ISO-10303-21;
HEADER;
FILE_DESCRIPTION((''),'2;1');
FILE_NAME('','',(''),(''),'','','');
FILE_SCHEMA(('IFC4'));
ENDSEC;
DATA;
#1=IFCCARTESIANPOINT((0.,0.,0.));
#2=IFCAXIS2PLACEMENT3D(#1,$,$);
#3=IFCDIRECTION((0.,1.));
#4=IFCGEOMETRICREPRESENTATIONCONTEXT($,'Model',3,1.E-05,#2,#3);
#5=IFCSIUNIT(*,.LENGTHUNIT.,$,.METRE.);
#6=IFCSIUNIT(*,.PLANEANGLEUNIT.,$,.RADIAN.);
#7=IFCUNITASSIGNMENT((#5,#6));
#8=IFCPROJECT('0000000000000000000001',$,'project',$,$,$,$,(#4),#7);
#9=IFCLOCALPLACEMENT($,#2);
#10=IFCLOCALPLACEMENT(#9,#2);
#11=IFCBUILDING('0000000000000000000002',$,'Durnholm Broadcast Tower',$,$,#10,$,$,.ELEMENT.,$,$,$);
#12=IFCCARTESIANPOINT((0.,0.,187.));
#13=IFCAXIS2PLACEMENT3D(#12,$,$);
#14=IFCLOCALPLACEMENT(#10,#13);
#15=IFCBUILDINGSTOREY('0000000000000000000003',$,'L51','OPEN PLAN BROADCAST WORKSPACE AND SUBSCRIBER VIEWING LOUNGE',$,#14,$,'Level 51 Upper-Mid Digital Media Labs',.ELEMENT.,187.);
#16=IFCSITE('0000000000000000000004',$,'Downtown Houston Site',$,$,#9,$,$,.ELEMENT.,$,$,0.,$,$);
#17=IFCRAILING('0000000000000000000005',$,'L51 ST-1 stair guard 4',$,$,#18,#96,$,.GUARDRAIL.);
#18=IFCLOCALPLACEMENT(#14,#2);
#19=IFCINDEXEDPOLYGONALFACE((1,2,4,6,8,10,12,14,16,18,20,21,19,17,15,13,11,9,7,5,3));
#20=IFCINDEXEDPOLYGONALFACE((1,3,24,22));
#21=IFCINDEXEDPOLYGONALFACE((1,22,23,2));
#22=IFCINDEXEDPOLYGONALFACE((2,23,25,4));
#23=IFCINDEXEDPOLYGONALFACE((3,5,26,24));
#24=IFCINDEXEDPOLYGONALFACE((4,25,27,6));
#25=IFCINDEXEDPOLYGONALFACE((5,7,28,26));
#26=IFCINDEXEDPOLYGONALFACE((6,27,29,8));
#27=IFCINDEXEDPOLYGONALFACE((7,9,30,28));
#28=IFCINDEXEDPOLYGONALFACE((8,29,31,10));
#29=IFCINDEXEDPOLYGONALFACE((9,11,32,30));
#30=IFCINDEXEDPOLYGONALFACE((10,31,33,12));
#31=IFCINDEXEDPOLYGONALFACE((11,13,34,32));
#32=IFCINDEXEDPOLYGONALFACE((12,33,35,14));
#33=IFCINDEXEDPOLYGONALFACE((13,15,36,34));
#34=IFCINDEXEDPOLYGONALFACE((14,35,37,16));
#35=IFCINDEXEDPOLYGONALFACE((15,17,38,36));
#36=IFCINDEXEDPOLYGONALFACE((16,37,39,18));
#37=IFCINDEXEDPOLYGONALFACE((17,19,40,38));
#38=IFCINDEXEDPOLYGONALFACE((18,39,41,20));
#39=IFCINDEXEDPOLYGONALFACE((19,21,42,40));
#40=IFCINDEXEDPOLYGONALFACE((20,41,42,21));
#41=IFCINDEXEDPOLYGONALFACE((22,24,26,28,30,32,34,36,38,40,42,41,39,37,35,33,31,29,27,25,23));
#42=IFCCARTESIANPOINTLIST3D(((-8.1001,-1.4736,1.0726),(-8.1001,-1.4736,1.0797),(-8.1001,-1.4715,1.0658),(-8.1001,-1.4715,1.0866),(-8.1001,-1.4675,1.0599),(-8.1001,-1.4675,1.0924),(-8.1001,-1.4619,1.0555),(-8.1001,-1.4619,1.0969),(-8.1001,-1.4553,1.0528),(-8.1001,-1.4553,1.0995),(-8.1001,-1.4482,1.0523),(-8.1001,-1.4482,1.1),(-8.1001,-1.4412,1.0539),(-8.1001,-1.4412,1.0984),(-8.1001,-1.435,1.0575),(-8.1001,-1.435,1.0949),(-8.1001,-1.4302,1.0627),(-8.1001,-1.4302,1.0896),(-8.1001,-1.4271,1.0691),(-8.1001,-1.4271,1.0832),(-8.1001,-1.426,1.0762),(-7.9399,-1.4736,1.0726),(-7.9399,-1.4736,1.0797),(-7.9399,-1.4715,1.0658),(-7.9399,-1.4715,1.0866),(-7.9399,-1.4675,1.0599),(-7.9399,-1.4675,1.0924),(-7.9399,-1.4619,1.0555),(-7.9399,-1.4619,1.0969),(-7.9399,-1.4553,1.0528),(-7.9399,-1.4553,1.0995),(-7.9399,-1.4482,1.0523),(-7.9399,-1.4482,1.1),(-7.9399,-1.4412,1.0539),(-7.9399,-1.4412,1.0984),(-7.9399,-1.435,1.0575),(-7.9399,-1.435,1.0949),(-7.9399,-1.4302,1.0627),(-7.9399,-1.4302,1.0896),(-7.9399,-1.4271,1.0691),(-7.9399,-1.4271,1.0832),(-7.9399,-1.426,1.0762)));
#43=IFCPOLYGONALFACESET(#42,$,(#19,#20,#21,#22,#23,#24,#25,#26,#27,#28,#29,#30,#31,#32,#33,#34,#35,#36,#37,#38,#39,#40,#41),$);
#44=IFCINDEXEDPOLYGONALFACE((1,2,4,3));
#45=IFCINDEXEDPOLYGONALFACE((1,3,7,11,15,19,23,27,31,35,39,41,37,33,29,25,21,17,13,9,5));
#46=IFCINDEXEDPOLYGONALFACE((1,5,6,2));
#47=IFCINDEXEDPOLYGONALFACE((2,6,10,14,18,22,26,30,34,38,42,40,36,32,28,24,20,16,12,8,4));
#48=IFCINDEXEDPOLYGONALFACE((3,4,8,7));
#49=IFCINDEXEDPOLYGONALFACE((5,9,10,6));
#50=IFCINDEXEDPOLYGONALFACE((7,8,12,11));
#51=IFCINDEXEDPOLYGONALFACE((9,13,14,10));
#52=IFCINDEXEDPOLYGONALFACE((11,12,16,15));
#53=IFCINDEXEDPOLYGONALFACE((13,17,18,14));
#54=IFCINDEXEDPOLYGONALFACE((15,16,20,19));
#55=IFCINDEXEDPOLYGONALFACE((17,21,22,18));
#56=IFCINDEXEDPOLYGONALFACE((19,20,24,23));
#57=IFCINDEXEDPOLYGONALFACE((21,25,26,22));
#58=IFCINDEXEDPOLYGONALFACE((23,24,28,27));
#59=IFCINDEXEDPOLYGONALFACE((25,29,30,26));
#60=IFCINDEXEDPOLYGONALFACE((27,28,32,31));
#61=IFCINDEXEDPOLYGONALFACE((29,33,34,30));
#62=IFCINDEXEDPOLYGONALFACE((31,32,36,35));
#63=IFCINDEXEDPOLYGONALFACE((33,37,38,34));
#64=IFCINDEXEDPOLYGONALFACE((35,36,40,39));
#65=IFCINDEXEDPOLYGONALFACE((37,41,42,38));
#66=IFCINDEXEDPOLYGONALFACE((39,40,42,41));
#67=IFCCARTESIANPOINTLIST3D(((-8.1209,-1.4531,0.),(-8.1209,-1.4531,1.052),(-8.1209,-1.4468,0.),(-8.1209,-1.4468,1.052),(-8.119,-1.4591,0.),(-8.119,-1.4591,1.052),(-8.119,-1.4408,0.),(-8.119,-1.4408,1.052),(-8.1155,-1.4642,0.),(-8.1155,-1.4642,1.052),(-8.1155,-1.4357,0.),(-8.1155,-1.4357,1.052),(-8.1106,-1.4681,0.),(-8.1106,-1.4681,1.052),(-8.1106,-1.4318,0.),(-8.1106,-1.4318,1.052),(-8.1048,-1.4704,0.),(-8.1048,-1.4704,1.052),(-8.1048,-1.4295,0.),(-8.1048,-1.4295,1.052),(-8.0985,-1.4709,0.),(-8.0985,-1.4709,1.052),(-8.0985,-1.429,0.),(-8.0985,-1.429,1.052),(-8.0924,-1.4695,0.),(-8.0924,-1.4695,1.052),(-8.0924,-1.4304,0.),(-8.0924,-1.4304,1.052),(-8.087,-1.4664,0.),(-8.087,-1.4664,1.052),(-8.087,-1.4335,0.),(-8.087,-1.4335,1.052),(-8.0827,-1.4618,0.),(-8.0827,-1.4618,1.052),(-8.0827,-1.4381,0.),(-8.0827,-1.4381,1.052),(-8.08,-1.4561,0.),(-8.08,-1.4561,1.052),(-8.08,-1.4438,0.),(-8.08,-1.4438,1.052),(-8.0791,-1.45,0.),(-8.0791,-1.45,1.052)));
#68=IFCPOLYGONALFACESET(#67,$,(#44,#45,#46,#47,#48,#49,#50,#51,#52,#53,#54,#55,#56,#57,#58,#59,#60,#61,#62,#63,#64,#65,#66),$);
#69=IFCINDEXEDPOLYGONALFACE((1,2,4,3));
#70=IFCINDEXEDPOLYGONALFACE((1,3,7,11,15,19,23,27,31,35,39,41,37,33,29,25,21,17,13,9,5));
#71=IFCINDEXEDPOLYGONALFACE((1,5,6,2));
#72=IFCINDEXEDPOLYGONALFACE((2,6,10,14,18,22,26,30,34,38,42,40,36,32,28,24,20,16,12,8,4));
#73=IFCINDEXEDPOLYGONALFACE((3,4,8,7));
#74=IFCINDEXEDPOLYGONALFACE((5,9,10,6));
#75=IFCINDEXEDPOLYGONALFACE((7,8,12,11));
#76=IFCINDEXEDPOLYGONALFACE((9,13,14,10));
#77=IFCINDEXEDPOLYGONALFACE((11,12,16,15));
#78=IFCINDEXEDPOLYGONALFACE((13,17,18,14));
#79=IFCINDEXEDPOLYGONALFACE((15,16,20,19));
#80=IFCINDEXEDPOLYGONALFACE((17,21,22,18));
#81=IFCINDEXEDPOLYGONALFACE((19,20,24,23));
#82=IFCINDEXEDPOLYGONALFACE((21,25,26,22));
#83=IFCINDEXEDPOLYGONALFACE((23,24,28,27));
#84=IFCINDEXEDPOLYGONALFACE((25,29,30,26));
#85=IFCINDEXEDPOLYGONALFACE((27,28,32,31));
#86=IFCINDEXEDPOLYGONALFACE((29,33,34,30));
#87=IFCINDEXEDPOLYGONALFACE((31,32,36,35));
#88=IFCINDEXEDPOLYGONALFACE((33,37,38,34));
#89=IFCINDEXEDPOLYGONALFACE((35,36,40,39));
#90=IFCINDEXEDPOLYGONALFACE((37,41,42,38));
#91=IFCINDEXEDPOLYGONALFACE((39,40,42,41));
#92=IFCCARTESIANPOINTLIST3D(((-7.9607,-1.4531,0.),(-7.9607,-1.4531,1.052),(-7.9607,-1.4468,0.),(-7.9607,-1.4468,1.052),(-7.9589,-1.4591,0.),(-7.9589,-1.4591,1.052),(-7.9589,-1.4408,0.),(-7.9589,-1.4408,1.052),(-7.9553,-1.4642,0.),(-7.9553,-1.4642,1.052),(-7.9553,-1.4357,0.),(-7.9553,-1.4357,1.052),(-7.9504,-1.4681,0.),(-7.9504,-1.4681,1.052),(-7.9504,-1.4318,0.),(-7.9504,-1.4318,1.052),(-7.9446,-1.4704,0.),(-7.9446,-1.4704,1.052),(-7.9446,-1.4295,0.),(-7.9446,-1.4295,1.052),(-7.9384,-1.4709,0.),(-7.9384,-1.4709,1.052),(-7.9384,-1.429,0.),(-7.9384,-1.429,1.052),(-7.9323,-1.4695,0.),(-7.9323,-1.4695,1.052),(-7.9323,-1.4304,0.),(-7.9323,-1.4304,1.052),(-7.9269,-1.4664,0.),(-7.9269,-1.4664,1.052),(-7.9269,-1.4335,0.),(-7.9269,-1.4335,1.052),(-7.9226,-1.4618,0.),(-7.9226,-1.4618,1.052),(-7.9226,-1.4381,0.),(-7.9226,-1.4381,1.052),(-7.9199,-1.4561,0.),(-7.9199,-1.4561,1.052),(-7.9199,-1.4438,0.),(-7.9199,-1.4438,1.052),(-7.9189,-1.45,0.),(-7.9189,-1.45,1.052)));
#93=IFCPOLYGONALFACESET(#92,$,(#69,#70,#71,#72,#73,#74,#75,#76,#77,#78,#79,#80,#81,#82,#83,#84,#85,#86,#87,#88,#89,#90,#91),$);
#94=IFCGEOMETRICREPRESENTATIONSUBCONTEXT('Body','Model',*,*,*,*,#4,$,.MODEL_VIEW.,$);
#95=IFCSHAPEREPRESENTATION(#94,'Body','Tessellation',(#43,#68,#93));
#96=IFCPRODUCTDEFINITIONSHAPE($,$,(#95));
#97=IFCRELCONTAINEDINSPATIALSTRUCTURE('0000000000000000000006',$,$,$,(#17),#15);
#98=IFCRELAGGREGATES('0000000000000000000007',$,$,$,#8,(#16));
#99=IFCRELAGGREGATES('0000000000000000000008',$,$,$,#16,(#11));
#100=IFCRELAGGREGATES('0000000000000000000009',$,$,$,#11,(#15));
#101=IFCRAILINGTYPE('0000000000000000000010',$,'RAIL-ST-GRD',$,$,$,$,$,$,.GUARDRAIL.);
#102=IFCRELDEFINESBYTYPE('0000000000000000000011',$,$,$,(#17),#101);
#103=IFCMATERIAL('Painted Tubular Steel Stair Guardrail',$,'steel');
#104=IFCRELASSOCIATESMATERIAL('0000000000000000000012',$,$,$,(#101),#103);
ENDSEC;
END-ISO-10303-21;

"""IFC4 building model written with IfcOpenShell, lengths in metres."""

from ifc_helpers import new_model, si_unit, direction, frame, origin, origin_2d, place, context, subcontext, project, spatial, circle, extrude, material, type_object, element, save


model = new_model("IFC4")

# Units and contexts
model_context = context("Model", 3, precision=1e-05, world=origin(), true_north=direction((0.0, 1.0)))
body_context = subcontext(model_context, "Body", "Model", "MODEL_VIEW")
ifc_project = project(units=[si_unit("LENGTHUNIT", "METRE"), si_unit("PLANEANGLEUNIT", "RADIAN")], contexts=[model_context])

# Site, building, storey
site_placement = place(None, origin())
site = spatial("IfcSite", under=ifc_project, at=site_placement, Name="Downtown Houston Site", CompositionType="ELEMENT", RefElevation=0.0)
building_placement = place(site_placement, origin())
building = spatial("IfcBuilding", under=site, at=building_placement, Name="Durnholm Broadcast Tower", CompositionType="ELEMENT")
storey_placement = place(building_placement, frame((0.0, 0.0, 187.0)))
storey = spatial("IfcBuildingStorey", under=building, at=storey_placement, Name="L51", Description="OPEN PLAN BROADCAST WORKSPACE AND SUBSCRIBER VIEWING LOUNGE", LongName="Level 51 Upper-Mid Digital Media Labs", CompositionType="ELEMENT", Elevation=187.0)

# Railing
ifc_material_1 = material(Name="Painted Tubular Steel Stair Guardrail", Category="steel")
railing_type_1 = type_object("IfcRailingType", Name="RAIL-ST-GRD", PredefinedType="GUARDRAIL", material=ifc_material_1)
railing_1_placement = place(storey_placement, frame((-8.1001, -1.45, 0.0)))
element("IfcRailing", 1, at=railing_1_placement, inside=storey, type_object=railing_type_1, Name="L51 ST-1 stair guard 4", PredefinedType="GUARDRAIL", context=body_context, shape_type="SweptSolid", body=[
    extrude(circle(Radius=0.0239, at=origin_2d()), frame((0.0, 0.0, 1.0762), z_axis=(1.0, 0.0, 0.0), x_axis=(0.0, 1.0, 0.0)), (0.0, 0.0, 1.0), 0.1602),
    extrude(circle(Radius=0.021, at=origin_2d()), origin(), (0.0, 0.0, 1.0), 1.052),
    extrude(circle(Radius=0.021, at=origin_2d()), frame((0.1602, 0.0, 0.0)), (0.0, 0.0, 1.0), 1.052),
])

save(model, "model.ifc")
